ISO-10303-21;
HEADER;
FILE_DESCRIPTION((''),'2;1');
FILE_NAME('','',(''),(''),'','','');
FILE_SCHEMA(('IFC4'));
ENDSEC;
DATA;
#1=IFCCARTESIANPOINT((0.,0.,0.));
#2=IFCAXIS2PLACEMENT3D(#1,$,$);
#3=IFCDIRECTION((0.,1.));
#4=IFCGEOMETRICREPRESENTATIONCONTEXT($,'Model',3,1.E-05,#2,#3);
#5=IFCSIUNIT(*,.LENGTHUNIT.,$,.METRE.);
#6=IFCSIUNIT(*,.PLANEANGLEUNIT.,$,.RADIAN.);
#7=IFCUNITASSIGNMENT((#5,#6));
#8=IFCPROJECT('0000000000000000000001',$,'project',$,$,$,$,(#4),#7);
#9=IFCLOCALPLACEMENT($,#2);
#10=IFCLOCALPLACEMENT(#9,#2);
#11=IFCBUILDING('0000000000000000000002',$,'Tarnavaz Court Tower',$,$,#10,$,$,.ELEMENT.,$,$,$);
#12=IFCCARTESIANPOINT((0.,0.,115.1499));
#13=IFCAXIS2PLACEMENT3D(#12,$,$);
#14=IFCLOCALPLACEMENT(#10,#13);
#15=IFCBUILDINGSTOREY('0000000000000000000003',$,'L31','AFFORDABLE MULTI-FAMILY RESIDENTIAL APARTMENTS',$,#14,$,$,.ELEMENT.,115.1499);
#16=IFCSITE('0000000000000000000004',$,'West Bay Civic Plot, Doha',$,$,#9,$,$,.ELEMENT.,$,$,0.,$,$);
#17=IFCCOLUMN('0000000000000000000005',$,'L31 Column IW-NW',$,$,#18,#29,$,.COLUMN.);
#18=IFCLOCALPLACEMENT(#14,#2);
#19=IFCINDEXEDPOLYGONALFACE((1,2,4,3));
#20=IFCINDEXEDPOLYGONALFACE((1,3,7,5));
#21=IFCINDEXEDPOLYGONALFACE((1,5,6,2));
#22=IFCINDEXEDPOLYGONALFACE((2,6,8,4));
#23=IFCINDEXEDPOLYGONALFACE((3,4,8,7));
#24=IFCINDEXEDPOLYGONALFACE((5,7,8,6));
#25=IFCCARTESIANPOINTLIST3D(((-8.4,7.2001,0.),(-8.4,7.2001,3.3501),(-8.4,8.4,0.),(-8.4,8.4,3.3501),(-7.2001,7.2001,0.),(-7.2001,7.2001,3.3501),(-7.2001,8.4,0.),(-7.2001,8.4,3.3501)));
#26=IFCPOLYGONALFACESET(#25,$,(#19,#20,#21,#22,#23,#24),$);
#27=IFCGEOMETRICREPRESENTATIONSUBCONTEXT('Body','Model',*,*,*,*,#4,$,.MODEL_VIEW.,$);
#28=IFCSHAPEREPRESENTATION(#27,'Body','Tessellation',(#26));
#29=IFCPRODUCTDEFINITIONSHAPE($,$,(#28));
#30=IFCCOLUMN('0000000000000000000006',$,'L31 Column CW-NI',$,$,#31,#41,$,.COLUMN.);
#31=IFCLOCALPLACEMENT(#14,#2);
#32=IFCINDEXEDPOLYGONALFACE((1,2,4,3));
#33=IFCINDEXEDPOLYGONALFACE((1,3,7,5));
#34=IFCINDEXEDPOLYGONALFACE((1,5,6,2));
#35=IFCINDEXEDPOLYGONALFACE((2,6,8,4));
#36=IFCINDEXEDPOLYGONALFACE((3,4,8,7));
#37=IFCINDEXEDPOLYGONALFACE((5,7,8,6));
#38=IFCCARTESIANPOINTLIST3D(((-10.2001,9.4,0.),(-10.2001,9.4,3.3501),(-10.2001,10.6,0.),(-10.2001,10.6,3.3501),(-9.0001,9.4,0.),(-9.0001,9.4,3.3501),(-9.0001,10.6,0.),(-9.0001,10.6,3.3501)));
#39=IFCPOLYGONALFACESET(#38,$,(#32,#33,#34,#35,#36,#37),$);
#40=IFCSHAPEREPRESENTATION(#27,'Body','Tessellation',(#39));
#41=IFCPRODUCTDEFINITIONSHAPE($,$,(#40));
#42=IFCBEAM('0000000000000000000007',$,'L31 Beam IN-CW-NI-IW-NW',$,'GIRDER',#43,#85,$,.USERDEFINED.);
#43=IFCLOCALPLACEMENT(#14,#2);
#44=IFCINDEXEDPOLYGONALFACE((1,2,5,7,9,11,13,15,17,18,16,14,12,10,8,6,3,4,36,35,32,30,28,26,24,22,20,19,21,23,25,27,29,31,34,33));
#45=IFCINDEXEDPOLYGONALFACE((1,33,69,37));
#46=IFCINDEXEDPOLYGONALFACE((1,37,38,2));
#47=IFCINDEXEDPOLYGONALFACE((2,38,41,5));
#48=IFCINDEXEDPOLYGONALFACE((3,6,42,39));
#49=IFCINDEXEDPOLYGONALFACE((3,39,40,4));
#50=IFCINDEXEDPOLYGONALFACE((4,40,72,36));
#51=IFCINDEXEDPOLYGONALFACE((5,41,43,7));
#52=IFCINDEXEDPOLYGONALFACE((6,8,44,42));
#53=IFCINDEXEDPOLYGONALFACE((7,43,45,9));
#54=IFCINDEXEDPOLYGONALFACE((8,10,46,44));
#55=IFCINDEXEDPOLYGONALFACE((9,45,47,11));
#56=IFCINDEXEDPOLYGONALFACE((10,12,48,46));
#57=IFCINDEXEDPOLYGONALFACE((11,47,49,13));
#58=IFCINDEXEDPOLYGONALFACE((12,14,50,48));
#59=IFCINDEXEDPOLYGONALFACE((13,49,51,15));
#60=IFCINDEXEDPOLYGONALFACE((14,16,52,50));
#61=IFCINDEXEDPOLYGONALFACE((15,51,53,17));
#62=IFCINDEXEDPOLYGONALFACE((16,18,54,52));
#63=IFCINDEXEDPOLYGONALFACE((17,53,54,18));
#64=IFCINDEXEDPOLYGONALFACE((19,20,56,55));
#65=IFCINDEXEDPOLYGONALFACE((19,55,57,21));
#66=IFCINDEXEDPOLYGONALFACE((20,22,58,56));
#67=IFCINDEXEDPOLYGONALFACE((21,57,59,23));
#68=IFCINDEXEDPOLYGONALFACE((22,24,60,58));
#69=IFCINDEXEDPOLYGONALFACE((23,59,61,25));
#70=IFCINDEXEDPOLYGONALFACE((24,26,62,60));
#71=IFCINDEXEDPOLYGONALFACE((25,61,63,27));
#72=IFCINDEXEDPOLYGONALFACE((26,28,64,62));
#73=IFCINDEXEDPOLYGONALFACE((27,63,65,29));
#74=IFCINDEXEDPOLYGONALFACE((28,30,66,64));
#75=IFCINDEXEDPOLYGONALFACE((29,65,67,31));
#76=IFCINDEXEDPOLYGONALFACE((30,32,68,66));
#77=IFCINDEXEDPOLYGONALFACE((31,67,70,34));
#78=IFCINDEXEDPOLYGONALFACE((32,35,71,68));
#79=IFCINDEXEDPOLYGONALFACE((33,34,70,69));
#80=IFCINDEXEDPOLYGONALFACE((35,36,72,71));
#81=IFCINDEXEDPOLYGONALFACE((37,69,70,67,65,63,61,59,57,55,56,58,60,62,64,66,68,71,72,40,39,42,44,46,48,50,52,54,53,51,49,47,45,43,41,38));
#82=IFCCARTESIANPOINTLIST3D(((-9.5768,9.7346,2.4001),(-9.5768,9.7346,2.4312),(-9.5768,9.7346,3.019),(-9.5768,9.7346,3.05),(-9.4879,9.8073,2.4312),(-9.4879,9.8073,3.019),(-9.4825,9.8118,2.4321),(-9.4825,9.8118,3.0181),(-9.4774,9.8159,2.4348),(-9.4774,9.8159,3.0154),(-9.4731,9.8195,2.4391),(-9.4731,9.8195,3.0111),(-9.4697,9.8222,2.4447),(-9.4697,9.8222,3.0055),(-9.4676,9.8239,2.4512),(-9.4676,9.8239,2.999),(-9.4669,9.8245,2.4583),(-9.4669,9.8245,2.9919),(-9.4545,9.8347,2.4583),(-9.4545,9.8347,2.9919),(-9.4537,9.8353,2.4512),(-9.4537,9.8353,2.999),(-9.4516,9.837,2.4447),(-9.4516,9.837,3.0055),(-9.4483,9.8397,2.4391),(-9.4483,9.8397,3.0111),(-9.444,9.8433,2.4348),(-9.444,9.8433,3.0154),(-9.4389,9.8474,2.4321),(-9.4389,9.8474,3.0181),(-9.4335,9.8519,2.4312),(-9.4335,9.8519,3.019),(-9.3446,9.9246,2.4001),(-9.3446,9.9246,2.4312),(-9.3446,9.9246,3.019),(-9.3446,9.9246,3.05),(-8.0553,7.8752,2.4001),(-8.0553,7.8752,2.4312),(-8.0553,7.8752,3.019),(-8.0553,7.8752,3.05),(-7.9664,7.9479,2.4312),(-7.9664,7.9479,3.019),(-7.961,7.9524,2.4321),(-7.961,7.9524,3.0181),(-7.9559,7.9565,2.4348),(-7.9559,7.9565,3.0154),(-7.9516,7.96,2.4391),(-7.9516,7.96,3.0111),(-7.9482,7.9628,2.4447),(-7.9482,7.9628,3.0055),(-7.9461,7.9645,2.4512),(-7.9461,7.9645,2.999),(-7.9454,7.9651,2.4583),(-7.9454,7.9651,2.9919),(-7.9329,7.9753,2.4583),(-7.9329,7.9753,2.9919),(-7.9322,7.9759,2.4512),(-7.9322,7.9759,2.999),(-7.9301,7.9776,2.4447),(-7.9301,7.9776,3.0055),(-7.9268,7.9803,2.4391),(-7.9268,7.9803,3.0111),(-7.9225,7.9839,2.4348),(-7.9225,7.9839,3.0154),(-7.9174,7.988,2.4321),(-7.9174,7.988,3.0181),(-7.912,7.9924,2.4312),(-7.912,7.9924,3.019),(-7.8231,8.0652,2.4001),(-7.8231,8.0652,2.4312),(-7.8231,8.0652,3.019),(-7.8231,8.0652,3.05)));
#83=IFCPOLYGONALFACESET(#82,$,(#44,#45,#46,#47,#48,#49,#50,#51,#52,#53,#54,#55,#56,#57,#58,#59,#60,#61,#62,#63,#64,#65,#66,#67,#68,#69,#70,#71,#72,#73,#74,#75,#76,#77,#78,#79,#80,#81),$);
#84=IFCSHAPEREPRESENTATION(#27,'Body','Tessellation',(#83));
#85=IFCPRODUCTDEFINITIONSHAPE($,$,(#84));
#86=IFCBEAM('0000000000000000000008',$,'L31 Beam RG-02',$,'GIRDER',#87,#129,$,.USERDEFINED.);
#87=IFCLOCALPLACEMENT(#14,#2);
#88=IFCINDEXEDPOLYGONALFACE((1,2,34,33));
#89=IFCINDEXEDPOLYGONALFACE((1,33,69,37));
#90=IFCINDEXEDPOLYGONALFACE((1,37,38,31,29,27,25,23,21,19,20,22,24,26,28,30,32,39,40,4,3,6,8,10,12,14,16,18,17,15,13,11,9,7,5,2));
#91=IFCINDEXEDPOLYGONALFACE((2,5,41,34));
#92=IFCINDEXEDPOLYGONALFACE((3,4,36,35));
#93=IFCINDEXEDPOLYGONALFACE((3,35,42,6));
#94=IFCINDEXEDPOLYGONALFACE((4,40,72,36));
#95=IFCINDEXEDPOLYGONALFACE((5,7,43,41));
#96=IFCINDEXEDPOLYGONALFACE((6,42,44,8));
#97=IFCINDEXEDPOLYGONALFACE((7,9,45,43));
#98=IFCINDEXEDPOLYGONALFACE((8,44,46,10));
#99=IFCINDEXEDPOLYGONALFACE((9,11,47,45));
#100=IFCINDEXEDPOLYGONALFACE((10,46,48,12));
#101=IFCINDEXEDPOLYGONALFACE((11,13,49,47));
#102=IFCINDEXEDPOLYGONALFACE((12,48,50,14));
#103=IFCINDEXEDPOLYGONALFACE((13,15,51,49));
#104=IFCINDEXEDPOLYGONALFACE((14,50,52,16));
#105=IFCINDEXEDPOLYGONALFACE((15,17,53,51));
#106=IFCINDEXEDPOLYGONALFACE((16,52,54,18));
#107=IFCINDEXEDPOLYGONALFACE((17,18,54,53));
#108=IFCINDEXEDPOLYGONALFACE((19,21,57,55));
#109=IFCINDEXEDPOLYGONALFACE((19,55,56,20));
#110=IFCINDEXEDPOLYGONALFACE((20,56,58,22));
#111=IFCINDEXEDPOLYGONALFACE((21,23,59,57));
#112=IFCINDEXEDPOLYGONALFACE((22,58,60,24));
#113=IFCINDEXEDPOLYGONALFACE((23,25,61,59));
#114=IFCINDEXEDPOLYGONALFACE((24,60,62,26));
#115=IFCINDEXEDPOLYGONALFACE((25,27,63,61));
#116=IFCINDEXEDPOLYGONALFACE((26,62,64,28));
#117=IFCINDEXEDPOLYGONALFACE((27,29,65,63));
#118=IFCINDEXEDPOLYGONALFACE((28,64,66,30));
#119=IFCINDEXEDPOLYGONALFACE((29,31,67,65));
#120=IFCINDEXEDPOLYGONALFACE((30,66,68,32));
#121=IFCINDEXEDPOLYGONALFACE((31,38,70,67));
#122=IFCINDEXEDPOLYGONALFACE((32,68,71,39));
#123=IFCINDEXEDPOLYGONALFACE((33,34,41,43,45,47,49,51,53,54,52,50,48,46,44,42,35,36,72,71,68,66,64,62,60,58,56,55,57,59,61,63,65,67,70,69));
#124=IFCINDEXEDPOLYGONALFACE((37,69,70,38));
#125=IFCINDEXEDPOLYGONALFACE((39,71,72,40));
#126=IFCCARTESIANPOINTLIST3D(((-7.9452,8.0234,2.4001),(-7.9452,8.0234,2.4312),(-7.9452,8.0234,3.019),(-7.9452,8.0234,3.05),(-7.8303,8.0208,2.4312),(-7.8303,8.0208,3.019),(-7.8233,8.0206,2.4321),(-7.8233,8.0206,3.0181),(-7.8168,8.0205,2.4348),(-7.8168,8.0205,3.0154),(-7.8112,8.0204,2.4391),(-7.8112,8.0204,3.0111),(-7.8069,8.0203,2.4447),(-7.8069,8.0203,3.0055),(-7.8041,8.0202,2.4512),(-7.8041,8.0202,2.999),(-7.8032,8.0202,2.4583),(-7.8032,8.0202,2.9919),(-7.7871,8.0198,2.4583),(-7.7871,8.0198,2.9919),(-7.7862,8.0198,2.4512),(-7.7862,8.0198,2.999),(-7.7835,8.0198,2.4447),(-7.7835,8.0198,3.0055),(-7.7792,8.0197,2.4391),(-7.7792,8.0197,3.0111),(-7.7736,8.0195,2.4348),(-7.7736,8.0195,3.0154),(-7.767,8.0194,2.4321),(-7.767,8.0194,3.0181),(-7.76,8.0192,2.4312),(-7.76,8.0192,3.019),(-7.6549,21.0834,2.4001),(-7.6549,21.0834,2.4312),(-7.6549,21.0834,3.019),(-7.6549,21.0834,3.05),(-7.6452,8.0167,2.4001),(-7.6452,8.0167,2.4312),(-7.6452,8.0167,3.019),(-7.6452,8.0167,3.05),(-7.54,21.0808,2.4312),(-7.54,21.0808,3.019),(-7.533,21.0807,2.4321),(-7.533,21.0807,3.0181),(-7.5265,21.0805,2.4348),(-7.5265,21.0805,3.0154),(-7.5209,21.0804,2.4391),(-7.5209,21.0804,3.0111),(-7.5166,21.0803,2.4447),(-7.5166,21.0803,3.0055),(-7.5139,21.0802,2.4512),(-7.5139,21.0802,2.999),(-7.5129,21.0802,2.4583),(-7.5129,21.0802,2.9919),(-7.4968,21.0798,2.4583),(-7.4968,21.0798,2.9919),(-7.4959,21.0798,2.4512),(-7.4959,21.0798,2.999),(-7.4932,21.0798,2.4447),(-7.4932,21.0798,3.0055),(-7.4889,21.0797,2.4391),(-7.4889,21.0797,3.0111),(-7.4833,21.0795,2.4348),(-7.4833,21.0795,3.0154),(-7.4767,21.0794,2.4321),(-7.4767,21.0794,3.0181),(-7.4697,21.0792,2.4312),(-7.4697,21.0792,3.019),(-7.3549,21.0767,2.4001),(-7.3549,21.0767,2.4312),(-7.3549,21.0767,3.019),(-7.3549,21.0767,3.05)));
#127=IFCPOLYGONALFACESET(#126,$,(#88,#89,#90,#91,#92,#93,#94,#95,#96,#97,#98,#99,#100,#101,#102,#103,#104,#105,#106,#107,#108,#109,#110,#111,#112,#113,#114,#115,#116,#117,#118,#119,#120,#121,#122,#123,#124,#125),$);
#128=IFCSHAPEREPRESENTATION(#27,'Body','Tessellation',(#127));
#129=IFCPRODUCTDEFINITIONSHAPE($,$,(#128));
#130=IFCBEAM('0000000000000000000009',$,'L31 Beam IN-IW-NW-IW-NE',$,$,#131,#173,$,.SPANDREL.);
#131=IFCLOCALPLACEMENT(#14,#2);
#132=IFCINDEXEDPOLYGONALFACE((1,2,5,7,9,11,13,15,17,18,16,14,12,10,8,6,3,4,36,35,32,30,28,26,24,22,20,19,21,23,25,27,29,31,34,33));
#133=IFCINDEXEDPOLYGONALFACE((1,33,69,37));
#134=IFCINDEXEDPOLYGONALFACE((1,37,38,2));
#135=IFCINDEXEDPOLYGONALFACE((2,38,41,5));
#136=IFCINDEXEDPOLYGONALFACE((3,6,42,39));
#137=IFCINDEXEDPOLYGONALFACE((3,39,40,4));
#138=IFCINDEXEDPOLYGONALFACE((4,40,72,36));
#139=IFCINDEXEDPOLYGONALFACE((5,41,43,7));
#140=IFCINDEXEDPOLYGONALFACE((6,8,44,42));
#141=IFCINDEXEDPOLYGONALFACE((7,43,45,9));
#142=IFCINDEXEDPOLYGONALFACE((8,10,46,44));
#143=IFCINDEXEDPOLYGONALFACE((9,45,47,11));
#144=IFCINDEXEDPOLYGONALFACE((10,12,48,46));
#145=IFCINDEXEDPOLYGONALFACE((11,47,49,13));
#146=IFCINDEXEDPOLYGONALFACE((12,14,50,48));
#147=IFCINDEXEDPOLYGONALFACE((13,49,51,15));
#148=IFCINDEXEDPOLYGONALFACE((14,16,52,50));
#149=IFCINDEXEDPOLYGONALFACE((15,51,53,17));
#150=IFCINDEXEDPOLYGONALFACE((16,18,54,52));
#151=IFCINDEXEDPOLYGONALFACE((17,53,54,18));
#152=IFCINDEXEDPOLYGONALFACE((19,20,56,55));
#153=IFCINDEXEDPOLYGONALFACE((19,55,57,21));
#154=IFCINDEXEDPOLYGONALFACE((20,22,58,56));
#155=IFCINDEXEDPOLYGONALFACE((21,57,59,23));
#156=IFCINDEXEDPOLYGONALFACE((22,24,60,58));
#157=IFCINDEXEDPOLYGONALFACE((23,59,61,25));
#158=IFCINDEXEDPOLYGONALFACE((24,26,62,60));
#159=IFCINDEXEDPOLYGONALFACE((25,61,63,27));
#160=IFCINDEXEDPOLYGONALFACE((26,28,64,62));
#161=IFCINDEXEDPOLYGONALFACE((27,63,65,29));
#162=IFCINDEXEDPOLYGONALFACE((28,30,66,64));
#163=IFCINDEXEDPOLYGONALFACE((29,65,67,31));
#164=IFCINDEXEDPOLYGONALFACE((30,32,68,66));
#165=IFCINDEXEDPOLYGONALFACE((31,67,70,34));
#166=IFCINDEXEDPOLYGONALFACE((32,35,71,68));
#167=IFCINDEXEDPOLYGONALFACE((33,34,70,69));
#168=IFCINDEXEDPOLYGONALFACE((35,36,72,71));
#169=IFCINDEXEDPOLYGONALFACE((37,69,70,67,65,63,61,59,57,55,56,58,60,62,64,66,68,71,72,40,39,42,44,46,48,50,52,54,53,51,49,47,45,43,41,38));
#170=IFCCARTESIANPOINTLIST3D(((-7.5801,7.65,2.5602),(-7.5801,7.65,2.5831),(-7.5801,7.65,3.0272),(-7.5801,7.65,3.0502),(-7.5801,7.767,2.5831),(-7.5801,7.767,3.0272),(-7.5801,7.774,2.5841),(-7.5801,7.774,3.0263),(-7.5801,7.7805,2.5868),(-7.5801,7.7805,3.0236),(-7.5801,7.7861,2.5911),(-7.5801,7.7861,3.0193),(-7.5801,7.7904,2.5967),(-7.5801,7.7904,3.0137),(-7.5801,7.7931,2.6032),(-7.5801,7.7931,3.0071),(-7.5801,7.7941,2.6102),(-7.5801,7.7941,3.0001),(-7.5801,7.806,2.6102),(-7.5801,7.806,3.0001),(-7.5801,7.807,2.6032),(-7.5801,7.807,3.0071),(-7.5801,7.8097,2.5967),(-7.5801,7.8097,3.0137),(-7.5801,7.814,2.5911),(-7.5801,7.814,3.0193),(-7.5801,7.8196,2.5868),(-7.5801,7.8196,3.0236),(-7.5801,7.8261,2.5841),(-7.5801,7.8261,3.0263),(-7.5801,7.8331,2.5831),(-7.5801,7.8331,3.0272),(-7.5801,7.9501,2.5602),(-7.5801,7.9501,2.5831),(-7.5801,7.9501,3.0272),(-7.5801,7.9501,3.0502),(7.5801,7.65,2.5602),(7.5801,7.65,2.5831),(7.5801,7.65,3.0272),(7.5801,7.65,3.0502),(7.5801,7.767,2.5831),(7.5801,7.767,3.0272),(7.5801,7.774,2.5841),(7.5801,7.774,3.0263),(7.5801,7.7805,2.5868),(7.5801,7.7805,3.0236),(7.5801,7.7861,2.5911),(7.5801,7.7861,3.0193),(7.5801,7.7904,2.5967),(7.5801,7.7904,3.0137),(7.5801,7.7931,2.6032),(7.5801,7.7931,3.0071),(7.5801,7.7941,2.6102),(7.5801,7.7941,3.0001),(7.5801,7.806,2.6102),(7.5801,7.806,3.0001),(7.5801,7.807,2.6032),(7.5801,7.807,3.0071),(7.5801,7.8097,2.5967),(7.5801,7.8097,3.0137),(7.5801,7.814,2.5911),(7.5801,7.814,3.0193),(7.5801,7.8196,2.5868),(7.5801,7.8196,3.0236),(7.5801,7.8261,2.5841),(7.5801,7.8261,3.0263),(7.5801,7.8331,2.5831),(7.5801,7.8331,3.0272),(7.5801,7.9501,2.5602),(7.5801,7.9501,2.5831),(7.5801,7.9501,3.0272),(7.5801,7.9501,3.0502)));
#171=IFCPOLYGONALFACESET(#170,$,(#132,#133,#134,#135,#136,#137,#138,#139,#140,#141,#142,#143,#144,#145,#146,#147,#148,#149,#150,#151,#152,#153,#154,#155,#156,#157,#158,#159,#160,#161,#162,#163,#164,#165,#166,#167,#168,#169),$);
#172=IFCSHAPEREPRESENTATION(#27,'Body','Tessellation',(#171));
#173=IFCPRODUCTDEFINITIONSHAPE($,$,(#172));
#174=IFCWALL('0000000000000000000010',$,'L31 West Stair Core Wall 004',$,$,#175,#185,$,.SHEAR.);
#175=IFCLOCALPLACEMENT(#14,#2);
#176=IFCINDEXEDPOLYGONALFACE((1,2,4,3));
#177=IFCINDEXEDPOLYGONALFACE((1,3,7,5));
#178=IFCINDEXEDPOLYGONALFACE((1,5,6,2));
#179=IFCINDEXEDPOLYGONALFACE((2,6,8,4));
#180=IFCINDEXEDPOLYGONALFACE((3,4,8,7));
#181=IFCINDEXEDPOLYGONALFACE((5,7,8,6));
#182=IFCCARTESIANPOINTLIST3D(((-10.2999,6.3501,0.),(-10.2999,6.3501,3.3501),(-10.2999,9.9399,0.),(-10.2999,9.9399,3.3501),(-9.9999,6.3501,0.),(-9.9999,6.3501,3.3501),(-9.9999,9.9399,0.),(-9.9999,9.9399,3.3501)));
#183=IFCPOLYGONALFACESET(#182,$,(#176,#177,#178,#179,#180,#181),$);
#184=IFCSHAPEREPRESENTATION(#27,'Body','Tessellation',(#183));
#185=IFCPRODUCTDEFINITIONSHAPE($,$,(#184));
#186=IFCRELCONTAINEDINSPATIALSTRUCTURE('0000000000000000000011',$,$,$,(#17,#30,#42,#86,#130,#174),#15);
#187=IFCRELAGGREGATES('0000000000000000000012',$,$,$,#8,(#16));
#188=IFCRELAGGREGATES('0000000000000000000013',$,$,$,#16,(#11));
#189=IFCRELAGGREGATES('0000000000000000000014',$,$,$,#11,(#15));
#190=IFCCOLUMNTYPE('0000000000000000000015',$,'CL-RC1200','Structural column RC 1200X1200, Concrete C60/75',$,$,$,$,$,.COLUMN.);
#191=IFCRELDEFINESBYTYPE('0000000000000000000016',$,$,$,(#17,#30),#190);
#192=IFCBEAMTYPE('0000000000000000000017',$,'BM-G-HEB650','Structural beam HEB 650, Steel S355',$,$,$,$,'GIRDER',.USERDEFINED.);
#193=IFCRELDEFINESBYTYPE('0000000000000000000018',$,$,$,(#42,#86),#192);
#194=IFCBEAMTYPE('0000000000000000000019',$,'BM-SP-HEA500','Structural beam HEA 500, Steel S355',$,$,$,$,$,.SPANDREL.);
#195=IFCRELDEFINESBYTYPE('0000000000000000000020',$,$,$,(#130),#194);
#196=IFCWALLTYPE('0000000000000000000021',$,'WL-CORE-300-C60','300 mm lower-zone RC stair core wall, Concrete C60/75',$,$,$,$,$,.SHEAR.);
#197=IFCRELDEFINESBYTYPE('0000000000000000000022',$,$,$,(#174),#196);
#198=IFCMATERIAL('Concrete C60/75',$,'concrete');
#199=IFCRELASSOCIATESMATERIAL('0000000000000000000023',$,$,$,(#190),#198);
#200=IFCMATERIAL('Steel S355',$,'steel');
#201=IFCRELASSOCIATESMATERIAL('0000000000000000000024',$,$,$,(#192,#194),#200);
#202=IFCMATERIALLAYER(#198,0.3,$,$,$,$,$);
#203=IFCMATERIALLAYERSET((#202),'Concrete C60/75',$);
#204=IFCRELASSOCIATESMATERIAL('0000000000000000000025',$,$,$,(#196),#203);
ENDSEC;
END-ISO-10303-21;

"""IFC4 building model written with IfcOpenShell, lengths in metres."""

from ifc_helpers import new_model, si_unit, direction, frame, frame_2d, origin, origin_2d, place, context, subcontext, project, spatial, rectangle, i_section, extrude, material, layer, layer_set, material_profile, profile_set, type_object, element, save


model = new_model("IFC4")

# Units and contexts
model_context = context("Model", 3, precision=1e-05, world=origin(), true_north=direction((0.0, 1.0)))
body_context = subcontext(model_context, "Body", "Model", "MODEL_VIEW")
ifc_project = project(units=[si_unit("LENGTHUNIT", "METRE"), si_unit("PLANEANGLEUNIT", "RADIAN")], contexts=[model_context])

# Site, building, storey
site_placement = place(None, origin())
site = spatial("IfcSite", under=ifc_project, at=site_placement, Name="West Bay Civic Plot, Doha", CompositionType="ELEMENT", RefElevation=0.0)
building_placement = place(site_placement, origin())
building = spatial("IfcBuilding", under=site, at=building_placement, Name="Tarnavaz Court Tower", CompositionType="ELEMENT")
storey_placement = place(building_placement, frame((0.0, 0.0, 115.1499)))
storey = spatial("IfcBuildingStorey", under=building, at=storey_placement, Name="L31", Description="AFFORDABLE MULTI-FAMILY RESIDENTIAL APARTMENTS", CompositionType="ELEMENT", Elevation=115.1499)

# Columns
ifc_material_1 = material(Name="Concrete C60/75", Category="concrete")
ifc_material_profile_1 = material_profile(ifc_material_1, rectangle(XDim=1.2, YDim=1.2, at=origin_2d()), Name="RC 1200X1200")
ifc_profile_set_1 = profile_set([ifc_material_profile_1], Name="Concrete C60/75")
column_type = type_object("IfcColumnType", Name="CL-RC1200", Description="Structural column RC 1200X1200, Concrete C60/75", PredefinedType="COLUMN", material=ifc_profile_set_1)
for number, where, z_axis, x_axis, name in (
    (1, (-7.8, 7.8, 0.0), (0.0, 0.0, 1.0), (1.0, 0.0, 0.0), "L31 Column IW-NW"),
    (2, (-9.6001, 10.0, 0.0), (0.0, 0.0, 1.0), (1.0, 0.0, 0.0), "L31 Column CW-NI"),
):
    element("IfcColumn", number, at=place(storey_placement, frame(where, z_axis=z_axis, x_axis=x_axis)), inside=storey, type_object=column_type, Name=name, PredefinedType="COLUMN", context=body_context, shape_type="SweptSolid", body=[
        extrude(rectangle(XDim=1.2, YDim=1.2, at=origin_2d()), origin(), (0.0, 0.0, 1.0), 3.3501),
    ])

# Beams
ifc_material_2 = material(Name="Steel S355", Category="steel")
ifc_material_profile_2 = material_profile(ifc_material_2, i_section(OverallWidth=0.3, OverallDepth=0.6499, WebThickness=0.0161, FlangeThickness=0.031, FilletRadius=0.0271, at=origin_2d()), Name="HEB 650")
ifc_profile_set_2 = profile_set([ifc_material_profile_2], Name="Steel S355")
beam_type_1 = type_object("IfcBeamType", Name="BM-G-HEB650", Description="Structural beam HEB 650, Steel S355", ElementType="GIRDER", PredefinedType="USERDEFINED", material=ifc_profile_set_2)
beam_1_placement = place(storey_placement, frame((-9.4607, 9.8296, 2.7251), z_axis=(0.633282, -0.773921, 0.0), x_axis=(0.773921, 0.633282, 0.0)))
element("IfcBeam", 3, at=beam_1_placement, inside=storey, type_object=beam_type_1, Name="L31 Beam IN-CW-NI-IW-NW", ObjectType="GIRDER", PredefinedType="USERDEFINED", context=body_context, shape_type="SweptSolid", body=[
    extrude(i_section(OverallWidth=0.3, OverallDepth=0.6499, WebThickness=0.0161, FlangeThickness=0.031, FilletRadius=0.0271, at=origin_2d()), origin(), (0.0, 0.0, 1.0), 2.4026),
])
beam_2_placement = place(storey_placement, frame((-7.7952, 8.02, 2.7251), z_axis=(0.022221, 0.999753, 0.0), x_axis=(-0.999753, 0.022221, 0.0)))
element("IfcBeam", 4, at=beam_2_placement, inside=storey, type_object=beam_type_1, Name="L31 Beam RG-02", ObjectType="GIRDER", PredefinedType="USERDEFINED", context=body_context, shape_type="SweptSolid", body=[
    extrude(i_section(OverallWidth=0.3, OverallDepth=0.6499, WebThickness=0.0161, FlangeThickness=0.031, FilletRadius=0.0271, at=origin_2d()), origin(), (0.0, 0.0, 1.0), 13.0632),
])
ifc_material_profile_3 = material_profile(ifc_material_2, i_section(OverallWidth=0.3, OverallDepth=0.49, WebThickness=0.012, FlangeThickness=0.0229, FilletRadius=0.0271, at=origin_2d()), Name="HEA 500")
ifc_profile_set_3 = profile_set([ifc_material_profile_3], Name="Steel S355")
beam_type_2 = type_object("IfcBeamType", Name="BM-SP-HEA500", Description="Structural beam HEA 500, Steel S355", PredefinedType="SPANDREL", material=ifc_profile_set_3)
beam_3_placement = place(storey_placement, frame((-7.5801, 7.8, 2.8052), z_axis=(1.0, 0.0, 0.0), x_axis=(0.0, 1.0, 0.0)))
element("IfcBeam", 5, at=beam_3_placement, inside=storey, type_object=beam_type_2, Name="L31 Beam IN-IW-NW-IW-NE", PredefinedType="SPANDREL", context=body_context, shape_type="SweptSolid", body=[
    extrude(i_section(OverallWidth=0.3, OverallDepth=0.49, WebThickness=0.012, FlangeThickness=0.0229, FilletRadius=0.0271, at=origin_2d()), origin(), (0.0, 0.0, 1.0), 15.1602),
])

# Wall
ifc_layer_1 = layer(ifc_material_1, 0.3)
ifc_layer_set_1 = layer_set([ifc_layer_1], Name="Concrete C60/75")
wall_type_1 = type_object("IfcWallType", Name="WL-CORE-300-C60", Description="300 mm lower-zone RC stair core wall, Concrete C60/75", PredefinedType="SHEAR", material=ifc_layer_set_1)
wall_1_placement = place(storey_placement, frame((-10.1499, 6.3501, 0.0), z_axis=(0.0, 0.0, 1.0), x_axis=(0.0, 1.0, 0.0)))
element("IfcWall", 6, at=wall_1_placement, inside=storey, type_object=wall_type_1, Name="L31 West Stair Core Wall 004", PredefinedType="SHEAR", context=body_context, shape_type="SweptSolid", body=[
    extrude(rectangle(XDim=3.5898, YDim=0.3, at=frame_2d((1.7949, 0.0))), origin(), (0.0, 0.0, 1.0), 3.3501),
])

save(model, "model.ifc")
